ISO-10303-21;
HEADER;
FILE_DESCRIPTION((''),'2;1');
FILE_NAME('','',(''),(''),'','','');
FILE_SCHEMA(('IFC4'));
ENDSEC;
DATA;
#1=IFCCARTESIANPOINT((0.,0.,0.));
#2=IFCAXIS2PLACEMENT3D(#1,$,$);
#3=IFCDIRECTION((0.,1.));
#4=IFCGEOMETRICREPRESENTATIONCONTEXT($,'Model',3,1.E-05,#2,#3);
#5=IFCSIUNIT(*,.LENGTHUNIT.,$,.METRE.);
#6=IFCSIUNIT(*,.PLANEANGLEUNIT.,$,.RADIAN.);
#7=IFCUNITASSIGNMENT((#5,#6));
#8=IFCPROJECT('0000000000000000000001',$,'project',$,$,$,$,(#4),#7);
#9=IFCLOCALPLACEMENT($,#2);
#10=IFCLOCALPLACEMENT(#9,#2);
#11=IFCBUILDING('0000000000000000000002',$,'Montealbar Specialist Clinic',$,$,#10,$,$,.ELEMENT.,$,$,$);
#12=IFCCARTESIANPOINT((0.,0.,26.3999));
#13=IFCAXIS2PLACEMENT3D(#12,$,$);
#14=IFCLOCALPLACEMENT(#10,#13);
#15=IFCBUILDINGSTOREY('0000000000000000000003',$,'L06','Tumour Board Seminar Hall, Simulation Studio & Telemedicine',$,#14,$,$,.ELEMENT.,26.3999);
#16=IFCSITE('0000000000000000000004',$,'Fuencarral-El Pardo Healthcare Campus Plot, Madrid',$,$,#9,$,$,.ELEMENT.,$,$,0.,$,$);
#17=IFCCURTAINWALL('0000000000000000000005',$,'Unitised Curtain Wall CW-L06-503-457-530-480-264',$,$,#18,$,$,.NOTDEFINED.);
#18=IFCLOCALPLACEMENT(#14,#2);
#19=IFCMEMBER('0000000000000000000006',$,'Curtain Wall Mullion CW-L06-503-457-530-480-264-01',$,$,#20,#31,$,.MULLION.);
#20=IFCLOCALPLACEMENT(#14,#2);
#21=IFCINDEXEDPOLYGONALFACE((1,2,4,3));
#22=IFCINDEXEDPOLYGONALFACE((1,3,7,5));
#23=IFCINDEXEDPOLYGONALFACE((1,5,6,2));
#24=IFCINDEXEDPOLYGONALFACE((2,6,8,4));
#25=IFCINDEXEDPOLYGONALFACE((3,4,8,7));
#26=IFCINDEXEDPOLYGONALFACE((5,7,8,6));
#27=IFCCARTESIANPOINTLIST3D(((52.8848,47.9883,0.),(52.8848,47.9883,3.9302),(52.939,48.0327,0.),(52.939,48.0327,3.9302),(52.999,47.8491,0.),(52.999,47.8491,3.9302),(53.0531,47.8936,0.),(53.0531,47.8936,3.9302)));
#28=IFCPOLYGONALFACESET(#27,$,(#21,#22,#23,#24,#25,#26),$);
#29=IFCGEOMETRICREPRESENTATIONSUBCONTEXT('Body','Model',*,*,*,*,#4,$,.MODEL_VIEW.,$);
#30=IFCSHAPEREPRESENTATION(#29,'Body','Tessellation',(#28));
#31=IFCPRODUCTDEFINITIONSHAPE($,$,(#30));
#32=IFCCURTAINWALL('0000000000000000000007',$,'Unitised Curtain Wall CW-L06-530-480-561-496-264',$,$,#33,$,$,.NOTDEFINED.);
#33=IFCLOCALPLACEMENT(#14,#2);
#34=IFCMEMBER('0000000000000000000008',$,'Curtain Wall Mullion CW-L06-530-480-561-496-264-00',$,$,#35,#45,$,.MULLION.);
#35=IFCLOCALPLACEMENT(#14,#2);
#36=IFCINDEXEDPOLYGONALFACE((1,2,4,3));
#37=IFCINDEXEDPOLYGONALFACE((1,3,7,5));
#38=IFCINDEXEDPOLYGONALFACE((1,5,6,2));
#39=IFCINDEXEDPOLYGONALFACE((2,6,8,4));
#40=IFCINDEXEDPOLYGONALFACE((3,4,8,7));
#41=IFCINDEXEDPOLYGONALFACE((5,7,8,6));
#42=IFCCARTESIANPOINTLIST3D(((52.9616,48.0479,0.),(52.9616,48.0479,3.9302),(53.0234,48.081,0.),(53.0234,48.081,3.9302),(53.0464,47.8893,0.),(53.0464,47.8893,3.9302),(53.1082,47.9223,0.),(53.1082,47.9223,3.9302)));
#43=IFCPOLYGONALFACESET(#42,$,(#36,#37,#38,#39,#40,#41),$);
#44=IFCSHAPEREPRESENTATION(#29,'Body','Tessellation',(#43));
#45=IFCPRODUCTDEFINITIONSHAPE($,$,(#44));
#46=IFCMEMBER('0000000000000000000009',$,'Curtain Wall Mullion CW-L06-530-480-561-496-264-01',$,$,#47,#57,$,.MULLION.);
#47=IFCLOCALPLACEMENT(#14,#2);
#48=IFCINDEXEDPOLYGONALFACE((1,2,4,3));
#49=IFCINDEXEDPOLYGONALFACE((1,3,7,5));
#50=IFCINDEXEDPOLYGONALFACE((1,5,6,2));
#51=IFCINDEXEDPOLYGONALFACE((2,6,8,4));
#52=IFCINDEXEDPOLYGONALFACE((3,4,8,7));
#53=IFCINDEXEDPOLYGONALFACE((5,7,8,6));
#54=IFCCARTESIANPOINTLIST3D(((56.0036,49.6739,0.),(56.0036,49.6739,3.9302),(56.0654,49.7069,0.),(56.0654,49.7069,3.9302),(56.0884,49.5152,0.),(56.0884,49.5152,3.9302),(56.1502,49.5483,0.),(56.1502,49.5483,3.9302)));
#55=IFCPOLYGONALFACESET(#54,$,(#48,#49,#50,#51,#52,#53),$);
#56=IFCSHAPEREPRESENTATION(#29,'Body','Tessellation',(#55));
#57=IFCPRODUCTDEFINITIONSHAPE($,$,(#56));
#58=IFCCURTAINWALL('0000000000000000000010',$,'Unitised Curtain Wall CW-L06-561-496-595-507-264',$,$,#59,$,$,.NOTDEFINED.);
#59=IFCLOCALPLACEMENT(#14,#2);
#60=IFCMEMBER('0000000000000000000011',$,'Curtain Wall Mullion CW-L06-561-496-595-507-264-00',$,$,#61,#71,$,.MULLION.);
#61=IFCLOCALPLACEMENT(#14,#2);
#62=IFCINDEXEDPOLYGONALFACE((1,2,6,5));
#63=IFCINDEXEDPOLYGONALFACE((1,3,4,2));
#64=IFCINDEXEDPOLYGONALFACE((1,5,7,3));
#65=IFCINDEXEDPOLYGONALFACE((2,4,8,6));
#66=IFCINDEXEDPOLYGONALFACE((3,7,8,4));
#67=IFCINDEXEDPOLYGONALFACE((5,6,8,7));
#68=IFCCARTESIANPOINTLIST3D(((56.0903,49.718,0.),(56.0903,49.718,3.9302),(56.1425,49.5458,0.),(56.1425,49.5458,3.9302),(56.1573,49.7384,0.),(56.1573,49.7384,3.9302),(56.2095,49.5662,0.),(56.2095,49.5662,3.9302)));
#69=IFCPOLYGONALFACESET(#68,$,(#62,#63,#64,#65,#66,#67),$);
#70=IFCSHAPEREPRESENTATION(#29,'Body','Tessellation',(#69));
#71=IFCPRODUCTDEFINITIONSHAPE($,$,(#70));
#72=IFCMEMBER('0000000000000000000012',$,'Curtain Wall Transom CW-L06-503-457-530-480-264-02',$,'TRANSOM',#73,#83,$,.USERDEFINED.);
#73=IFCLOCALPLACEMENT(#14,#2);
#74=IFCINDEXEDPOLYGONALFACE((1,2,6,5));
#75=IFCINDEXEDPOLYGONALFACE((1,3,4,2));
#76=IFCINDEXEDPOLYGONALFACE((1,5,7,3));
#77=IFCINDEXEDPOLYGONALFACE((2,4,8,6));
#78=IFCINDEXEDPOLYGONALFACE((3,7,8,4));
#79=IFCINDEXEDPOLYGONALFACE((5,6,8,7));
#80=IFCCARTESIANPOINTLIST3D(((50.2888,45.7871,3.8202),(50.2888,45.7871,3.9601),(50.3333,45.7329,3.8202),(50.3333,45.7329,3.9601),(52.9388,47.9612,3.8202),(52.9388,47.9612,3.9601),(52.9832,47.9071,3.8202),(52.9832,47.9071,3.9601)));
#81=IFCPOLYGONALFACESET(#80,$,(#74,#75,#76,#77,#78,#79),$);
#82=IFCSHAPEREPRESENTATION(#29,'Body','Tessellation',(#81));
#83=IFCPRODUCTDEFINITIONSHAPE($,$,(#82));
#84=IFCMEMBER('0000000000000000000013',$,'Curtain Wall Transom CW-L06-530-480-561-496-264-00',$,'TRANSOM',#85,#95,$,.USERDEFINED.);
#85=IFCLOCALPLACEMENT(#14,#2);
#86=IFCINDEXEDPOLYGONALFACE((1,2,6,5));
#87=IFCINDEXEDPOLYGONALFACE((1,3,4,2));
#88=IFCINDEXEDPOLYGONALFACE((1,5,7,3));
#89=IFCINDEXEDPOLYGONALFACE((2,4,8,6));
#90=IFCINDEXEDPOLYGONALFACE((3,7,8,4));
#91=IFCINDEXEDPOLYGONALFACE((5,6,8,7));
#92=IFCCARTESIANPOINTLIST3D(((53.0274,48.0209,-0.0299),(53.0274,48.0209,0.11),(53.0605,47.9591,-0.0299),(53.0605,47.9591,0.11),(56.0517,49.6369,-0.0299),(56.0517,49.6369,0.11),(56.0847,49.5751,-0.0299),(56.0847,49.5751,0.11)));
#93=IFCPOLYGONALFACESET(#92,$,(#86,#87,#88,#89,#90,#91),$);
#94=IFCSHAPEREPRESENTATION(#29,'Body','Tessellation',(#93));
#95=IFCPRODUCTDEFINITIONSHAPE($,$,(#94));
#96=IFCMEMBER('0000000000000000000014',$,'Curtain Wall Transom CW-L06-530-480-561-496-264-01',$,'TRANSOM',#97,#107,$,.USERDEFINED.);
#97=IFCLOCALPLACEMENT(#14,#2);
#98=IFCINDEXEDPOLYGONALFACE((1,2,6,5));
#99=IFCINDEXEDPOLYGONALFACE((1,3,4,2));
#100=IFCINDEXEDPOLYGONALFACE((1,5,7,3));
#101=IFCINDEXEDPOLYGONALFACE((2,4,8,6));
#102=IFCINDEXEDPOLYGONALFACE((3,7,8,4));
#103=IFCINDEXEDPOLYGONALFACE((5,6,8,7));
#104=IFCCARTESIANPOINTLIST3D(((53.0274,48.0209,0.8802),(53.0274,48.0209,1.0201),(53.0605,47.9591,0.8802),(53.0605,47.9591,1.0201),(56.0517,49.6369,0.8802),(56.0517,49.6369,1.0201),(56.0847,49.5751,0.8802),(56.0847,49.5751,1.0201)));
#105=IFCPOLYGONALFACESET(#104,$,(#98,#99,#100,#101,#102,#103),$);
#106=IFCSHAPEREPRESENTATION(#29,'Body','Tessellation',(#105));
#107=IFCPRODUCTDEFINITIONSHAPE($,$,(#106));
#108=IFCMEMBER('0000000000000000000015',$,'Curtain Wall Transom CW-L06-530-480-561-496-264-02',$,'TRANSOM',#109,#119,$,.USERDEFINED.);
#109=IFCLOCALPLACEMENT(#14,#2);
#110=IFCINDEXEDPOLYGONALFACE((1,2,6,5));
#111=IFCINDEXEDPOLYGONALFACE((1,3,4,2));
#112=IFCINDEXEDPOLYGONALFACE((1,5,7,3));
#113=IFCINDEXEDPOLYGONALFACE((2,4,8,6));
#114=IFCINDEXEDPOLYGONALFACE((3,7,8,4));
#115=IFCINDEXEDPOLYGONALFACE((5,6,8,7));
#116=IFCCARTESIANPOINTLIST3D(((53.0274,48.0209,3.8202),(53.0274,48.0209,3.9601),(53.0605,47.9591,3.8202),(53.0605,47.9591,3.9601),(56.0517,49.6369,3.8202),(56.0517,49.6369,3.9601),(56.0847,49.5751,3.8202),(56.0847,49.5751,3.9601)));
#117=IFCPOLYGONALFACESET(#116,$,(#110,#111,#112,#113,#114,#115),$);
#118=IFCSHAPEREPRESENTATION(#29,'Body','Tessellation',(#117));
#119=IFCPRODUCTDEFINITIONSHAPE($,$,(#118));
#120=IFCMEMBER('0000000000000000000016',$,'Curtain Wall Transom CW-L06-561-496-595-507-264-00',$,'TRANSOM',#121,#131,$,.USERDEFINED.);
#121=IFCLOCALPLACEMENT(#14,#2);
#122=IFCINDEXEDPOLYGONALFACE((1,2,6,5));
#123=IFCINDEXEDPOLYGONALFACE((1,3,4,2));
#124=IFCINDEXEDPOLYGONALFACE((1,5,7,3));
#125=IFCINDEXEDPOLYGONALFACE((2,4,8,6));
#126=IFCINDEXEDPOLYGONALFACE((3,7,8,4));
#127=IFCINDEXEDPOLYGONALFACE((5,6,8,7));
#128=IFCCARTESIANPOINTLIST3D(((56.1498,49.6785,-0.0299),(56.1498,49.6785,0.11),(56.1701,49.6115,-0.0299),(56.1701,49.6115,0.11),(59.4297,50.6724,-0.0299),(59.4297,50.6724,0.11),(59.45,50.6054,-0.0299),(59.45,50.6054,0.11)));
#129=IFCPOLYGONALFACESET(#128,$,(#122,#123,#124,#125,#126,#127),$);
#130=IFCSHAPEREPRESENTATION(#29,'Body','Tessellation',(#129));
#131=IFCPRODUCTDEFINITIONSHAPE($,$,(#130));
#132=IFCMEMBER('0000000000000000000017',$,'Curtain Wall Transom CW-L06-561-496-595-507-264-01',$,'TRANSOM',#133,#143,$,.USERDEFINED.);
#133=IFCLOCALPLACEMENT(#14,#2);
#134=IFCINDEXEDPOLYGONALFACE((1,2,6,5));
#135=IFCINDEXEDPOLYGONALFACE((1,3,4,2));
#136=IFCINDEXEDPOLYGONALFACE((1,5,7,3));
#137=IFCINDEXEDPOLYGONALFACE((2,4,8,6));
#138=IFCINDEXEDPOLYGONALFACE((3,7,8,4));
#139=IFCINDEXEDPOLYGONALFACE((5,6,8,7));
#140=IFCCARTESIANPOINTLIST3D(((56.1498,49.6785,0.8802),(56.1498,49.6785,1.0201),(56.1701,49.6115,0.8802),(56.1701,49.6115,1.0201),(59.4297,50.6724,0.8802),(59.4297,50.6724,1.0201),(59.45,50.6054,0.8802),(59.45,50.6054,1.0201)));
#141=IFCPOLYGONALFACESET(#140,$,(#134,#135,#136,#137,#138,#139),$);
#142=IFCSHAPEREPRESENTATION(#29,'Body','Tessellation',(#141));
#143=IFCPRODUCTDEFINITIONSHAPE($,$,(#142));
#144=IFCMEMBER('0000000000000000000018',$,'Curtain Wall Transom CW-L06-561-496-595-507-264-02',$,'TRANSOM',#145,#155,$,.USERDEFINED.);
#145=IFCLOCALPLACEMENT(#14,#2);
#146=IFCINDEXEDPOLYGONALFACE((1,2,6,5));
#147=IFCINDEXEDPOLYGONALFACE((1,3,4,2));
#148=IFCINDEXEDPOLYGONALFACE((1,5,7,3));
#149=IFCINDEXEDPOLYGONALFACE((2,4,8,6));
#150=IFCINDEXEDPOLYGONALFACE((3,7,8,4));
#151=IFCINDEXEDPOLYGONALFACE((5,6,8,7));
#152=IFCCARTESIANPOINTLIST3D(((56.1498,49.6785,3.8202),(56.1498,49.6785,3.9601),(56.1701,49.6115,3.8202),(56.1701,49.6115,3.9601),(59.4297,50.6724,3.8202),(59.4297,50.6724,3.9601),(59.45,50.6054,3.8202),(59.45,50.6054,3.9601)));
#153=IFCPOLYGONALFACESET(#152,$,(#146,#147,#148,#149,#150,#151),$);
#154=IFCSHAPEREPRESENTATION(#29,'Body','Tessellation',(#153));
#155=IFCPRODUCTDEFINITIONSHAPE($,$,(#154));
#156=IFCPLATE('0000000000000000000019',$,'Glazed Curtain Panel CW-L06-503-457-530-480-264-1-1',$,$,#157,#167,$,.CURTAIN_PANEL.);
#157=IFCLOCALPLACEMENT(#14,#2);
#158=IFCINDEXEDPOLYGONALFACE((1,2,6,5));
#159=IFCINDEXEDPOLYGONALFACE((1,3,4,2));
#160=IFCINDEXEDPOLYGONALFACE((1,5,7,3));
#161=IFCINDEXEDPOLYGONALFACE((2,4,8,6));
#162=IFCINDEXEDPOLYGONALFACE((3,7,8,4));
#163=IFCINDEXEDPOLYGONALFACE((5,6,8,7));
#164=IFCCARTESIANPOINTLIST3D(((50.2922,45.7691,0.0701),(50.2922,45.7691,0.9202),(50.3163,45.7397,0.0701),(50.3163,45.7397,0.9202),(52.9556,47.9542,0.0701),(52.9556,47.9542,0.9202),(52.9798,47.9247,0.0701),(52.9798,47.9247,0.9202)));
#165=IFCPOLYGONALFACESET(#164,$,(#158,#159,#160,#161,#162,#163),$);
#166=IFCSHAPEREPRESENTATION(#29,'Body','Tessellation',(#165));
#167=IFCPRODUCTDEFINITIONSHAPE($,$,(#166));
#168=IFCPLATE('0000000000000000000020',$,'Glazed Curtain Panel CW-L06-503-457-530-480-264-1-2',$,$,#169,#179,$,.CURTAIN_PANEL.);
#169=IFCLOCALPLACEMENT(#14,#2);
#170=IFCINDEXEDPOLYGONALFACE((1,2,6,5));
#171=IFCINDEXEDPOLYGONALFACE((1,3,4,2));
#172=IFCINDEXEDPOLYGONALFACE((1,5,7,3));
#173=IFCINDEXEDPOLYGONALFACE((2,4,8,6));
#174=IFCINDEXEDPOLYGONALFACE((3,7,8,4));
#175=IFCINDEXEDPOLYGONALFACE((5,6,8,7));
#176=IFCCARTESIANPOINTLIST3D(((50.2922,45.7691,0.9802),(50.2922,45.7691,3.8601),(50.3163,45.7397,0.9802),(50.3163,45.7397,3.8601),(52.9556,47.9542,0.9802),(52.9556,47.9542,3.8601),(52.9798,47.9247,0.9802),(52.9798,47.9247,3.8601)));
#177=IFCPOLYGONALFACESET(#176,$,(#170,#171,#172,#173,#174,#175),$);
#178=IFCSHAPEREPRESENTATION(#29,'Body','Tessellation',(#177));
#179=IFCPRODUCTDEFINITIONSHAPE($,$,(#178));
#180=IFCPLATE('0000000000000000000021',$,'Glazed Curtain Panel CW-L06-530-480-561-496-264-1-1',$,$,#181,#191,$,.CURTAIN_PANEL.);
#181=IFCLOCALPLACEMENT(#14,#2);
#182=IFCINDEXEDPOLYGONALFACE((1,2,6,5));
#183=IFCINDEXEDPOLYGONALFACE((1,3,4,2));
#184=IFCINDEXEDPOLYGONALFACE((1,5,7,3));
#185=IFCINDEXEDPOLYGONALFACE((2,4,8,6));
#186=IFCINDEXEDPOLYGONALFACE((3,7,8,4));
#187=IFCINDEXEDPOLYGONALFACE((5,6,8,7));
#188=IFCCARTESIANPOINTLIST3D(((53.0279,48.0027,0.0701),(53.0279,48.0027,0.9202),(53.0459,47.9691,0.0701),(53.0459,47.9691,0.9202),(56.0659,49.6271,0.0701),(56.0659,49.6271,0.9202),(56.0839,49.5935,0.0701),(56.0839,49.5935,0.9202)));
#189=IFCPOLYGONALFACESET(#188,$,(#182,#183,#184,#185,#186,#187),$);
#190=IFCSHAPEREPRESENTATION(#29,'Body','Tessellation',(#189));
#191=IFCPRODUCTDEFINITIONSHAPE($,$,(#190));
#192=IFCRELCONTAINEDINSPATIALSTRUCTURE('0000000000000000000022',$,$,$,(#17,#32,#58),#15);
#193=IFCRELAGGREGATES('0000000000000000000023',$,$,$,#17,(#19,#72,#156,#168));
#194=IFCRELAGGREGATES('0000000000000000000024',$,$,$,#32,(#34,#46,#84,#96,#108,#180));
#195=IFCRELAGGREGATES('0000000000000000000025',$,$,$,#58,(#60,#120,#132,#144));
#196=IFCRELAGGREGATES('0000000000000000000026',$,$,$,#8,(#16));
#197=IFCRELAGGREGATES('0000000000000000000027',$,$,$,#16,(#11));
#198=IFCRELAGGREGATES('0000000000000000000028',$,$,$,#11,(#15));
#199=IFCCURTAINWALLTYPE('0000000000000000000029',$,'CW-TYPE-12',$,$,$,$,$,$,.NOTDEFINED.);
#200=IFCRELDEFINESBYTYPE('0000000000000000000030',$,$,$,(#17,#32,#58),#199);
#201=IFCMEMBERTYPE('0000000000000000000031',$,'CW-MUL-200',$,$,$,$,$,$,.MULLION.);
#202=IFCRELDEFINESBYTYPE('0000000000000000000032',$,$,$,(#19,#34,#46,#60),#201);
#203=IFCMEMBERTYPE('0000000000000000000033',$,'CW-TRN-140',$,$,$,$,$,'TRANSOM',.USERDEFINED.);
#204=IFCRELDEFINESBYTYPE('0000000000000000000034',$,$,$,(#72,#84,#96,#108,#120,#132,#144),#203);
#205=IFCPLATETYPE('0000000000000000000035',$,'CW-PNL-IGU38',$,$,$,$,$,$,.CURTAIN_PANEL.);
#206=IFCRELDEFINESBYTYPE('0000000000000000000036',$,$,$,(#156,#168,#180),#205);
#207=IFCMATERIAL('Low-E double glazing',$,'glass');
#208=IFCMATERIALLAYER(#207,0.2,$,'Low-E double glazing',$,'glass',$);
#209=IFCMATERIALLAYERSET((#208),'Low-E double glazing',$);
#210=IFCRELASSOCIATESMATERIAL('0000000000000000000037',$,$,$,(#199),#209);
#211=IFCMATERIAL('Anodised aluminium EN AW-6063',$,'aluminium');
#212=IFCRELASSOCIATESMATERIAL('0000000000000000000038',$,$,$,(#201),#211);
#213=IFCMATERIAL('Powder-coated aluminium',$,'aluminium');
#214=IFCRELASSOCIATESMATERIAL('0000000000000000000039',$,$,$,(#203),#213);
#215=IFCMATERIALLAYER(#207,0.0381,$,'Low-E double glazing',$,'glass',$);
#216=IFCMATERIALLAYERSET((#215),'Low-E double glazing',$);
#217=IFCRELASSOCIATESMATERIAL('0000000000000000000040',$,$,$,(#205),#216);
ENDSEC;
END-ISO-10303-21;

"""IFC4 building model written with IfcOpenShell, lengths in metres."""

from ifc_helpers import new_model, si_unit, direction, frame, origin, origin_2d, place, context, subcontext, project, spatial, rectangle, extrude, material, layer, layer_set, material_profile, profile_set, type_object, element, aggregate, save


model = new_model("IFC4")

# Units and contexts
model_context = context("Model", 3, precision=1e-05, world=origin(), true_north=direction((0.0, 1.0)))
body_context = subcontext(model_context, "Body", "Model", "MODEL_VIEW")
ifc_project = project(units=[si_unit("LENGTHUNIT", "METRE"), si_unit("PLANEANGLEUNIT", "RADIAN")], contexts=[model_context])

# Site, building, storey
site_placement = place(None, origin())
site = spatial("IfcSite", under=ifc_project, at=site_placement, Name="Fuencarral-El Pardo Healthcare Campus Plot, Madrid", CompositionType="ELEMENT", RefElevation=0.0)
building_placement = place(site_placement, origin())
building = spatial("IfcBuilding", under=site, at=building_placement, Name="Montealbar Specialist Clinic", CompositionType="ELEMENT")
storey_placement = place(building_placement, frame((0.0, 0.0, 26.3999)))
storey = spatial("IfcBuildingStorey", under=building, at=storey_placement, Name="L06", Description="Tumour Board Seminar Hall, Simulation Studio & Telemedicine", CompositionType="ELEMENT", Elevation=26.3999)

# Curtain wall, member
ifc_material_1 = material(Name="Low-E double glazing", Category="glass")
ifc_layer_1 = layer(ifc_material_1, 0.2, Name="Low-E double glazing", Category="glass")
ifc_layer_set_1 = layer_set([ifc_layer_1], Name="Low-E double glazing")
curtain_wall_type = type_object("IfcCurtainWallType", Name="CW-TYPE-12", PredefinedType="NOTDEFINED", material=ifc_layer_set_1)
curtain_wall_1_placement = place(storey_placement, origin())
curtain_wall_1 = element("IfcCurtainWall", 1, at=curtain_wall_1_placement, inside=storey, type_object=curtain_wall_type, Name="Unitised Curtain Wall CW-L06-503-457-530-480-264", PredefinedType="NOTDEFINED")
ifc_material_2 = material(Name="Anodised aluminium EN AW-6063", Category="aluminium")
ifc_material_profile_1 = material_profile(ifc_material_2, rectangle(XDim=0.0701, YDim=0.1799, at=origin_2d()), Name="ALU 70x180", Category="aluminium")
ifc_profile_set_1 = profile_set([ifc_material_profile_1], Name="Anodised aluminium EN AW-6063")
member_type_1 = type_object("IfcMemberType", Name="CW-MUL-200", PredefinedType="MULLION", material=ifc_profile_set_1)
member_1_placement = place(storey_placement, frame((52.969, 47.9409, 0.0), z_axis=(0.0, 0.0, 1.0), x_axis=(0.773123, 0.634256, 0.0)))
member_1 = element("IfcMember", 2, at=member_1_placement, type_object=member_type_1, Name="Curtain Wall Mullion CW-L06-503-457-530-480-264-01", PredefinedType="MULLION", context=body_context, shape_type="SweptSolid", body=[
    extrude(rectangle(XDim=0.0701, YDim=0.1799, at=origin_2d()), origin(), (0.0, 0.0, 1.0), 3.9302),
])

# Curtain wall, members
curtain_wall_2_placement = place(storey_placement, origin())
curtain_wall_2 = element("IfcCurtainWall", 3, at=curtain_wall_2_placement, inside=storey, type_object=curtain_wall_type, Name="Unitised Curtain Wall CW-L06-530-480-561-496-264", PredefinedType="NOTDEFINED")
member_2_placement = place(storey_placement, frame((53.0349, 47.9851, 0.0), z_axis=(0.0, 0.0, 1.0), x_axis=(0.88185, 0.471529, 0.0)))
member_2 = element("IfcMember", 4, at=member_2_placement, type_object=member_type_1, Name="Curtain Wall Mullion CW-L06-530-480-561-496-264-00", PredefinedType="MULLION", context=body_context, shape_type="SweptSolid", body=[
    extrude(rectangle(XDim=0.0701, YDim=0.1799, at=origin_2d()), origin(), (0.0, 0.0, 1.0), 3.9302),
])
member_3_placement = place(storey_placement, frame((56.0769, 49.6111, 0.0), z_axis=(0.0, 0.0, 1.0), x_axis=(0.88185, 0.471529, 0.0)))
member_3 = element("IfcMember", 5, at=member_3_placement, type_object=member_type_1, Name="Curtain Wall Mullion CW-L06-530-480-561-496-264-01", PredefinedType="MULLION", context=body_context, shape_type="SweptSolid", body=[
    extrude(rectangle(XDim=0.0701, YDim=0.1799, at=origin_2d()), origin(), (0.0, 0.0, 1.0), 3.9302),
])

# Curtain wall, member
curtain_wall_3_placement = place(storey_placement, origin())
curtain_wall_3 = element("IfcCurtainWall", 6, at=curtain_wall_3_placement, inside=storey, type_object=curtain_wall_type, Name="Unitised Curtain Wall CW-L06-561-496-595-507-264", PredefinedType="NOTDEFINED")
member_4_placement = place(storey_placement, frame((56.1499, 49.6421, 0.0), z_axis=(0.0, 0.0, 1.0), x_axis=(0.956948, 0.290259, 0.0)))
member_4 = element("IfcMember", 7, at=member_4_placement, type_object=member_type_1, Name="Curtain Wall Mullion CW-L06-561-496-595-507-264-00", PredefinedType="MULLION", context=body_context, shape_type="SweptSolid", body=[
    extrude(rectangle(XDim=0.0701, YDim=0.1799, at=origin_2d()), origin(), (0.0, 0.0, 1.0), 3.9302),
])

# Members
ifc_material_3 = material(Name="Powder-coated aluminium", Category="aluminium")
ifc_material_profile_2 = material_profile(ifc_material_3, rectangle(XDim=0.0701, YDim=0.1399, at=origin_2d()), Name="ALU 70x140", Category="aluminium")
ifc_profile_set_2 = profile_set([ifc_material_profile_2], Name="Powder-coated aluminium")
member_type_2 = type_object("IfcMemberType", Name="CW-TRN-140", ElementType="TRANSOM", PredefinedType="USERDEFINED", material=ifc_profile_set_2)
member_5_placement = place(storey_placement, frame((50.311, 45.76, 3.8901), z_axis=(0.773103, 0.634281, 0.0), x_axis=(-0.634281, 0.773103, 0.0)))
member_5 = element("IfcMember", 8, at=member_5_placement, type_object=member_type_2, Name="Curtain Wall Transom CW-L06-503-457-530-480-264-02", ObjectType="TRANSOM", PredefinedType="USERDEFINED", context=body_context, shape_type="SweptSolid", body=[
    extrude(rectangle(XDim=0.0701, YDim=0.1399, at=origin_2d()), origin(), (0.0, 0.0, 1.0), 3.4277),
])
member_6_placement = place(storey_placement, frame((53.0439, 47.99, 0.04), z_axis=(0.88198, 0.471287, 0.0), x_axis=(-0.471287, 0.88198, 0.0)))
member_6 = element("IfcMember", 9, at=member_6_placement, type_object=member_type_2, Name="Curtain Wall Transom CW-L06-530-480-561-496-264-00", ObjectType="TRANSOM", PredefinedType="USERDEFINED", context=body_context, shape_type="SweptSolid", body=[
    extrude(rectangle(XDim=0.0701, YDim=0.1399, at=origin_2d()), origin(), (0.0, 0.0, 1.0), 3.429),
])
member_7_placement = place(storey_placement, frame((53.0439, 47.99, 0.9502), z_axis=(0.88198, 0.471287, 0.0), x_axis=(-0.471287, 0.88198, 0.0)))
member_7 = element("IfcMember", 10, at=member_7_placement, type_object=member_type_2, Name="Curtain Wall Transom CW-L06-530-480-561-496-264-01", ObjectType="TRANSOM", PredefinedType="USERDEFINED", context=body_context, shape_type="SweptSolid", body=[
    extrude(rectangle(XDim=0.0701, YDim=0.1399, at=origin_2d()), origin(), (0.0, 0.0, 1.0), 3.429),
])
member_8_placement = place(storey_placement, frame((53.0439, 47.99, 3.8901), z_axis=(0.88198, 0.471287, 0.0), x_axis=(-0.471287, 0.88198, 0.0)))
member_8 = element("IfcMember", 11, at=member_8_placement, type_object=member_type_2, Name="Curtain Wall Transom CW-L06-530-480-561-496-264-02", ObjectType="TRANSOM", PredefinedType="USERDEFINED", context=body_context, shape_type="SweptSolid", body=[
    extrude(rectangle(XDim=0.0701, YDim=0.1399, at=origin_2d()), origin(), (0.0, 0.0, 1.0), 3.429),
])
member_9_placement = place(storey_placement, frame((56.1599, 49.645, 0.04), z_axis=(0.957029, 0.289994, 0.0), x_axis=(-0.289994, 0.957029, 0.0)))
member_9 = element("IfcMember", 12, at=member_9_placement, type_object=member_type_2, Name="Curtain Wall Transom CW-L06-561-496-595-507-264-00", ObjectType="TRANSOM", PredefinedType="USERDEFINED", context=body_context, shape_type="SweptSolid", body=[
    extrude(rectangle(XDim=0.0701, YDim=0.1399, at=origin_2d()), origin(), (0.0, 0.0, 1.0), 3.4272),
])
member_10_placement = place(storey_placement, frame((56.1599, 49.645, 0.9502), z_axis=(0.957029, 0.289994, 0.0), x_axis=(-0.289994, 0.957029, 0.0)))
member_10 = element("IfcMember", 13, at=member_10_placement, type_object=member_type_2, Name="Curtain Wall Transom CW-L06-561-496-595-507-264-01", ObjectType="TRANSOM", PredefinedType="USERDEFINED", context=body_context, shape_type="SweptSolid", body=[
    extrude(rectangle(XDim=0.0701, YDim=0.1399, at=origin_2d()), origin(), (0.0, 0.0, 1.0), 3.4272),
])
member_11_placement = place(storey_placement, frame((56.1599, 49.645, 3.8901), z_axis=(0.957029, 0.289994, 0.0), x_axis=(-0.289994, 0.957029, 0.0)))
member_11 = element("IfcMember", 14, at=member_11_placement, type_object=member_type_2, Name="Curtain Wall Transom CW-L06-561-496-595-507-264-02", ObjectType="TRANSOM", PredefinedType="USERDEFINED", context=body_context, shape_type="SweptSolid", body=[
    extrude(rectangle(XDim=0.0701, YDim=0.1399, at=origin_2d()), origin(), (0.0, 0.0, 1.0), 3.4272),
])

# Plates
ifc_layer_2 = layer(ifc_material_1, 0.0381, Name="Low-E double glazing", Category="glass")
ifc_layer_set_2 = layer_set([ifc_layer_2], Name="Low-E double glazing")
plate_type = type_object("IfcPlateType", Name="CW-PNL-IGU38", PredefinedType="CURTAIN_PANEL", material=ifc_layer_set_2)
plate_1_placement = place(storey_placement, frame((51.636, 46.8469, 0.0701), z_axis=(0.0, 0.0, 1.0), x_axis=(0.773123, 0.634256, 0.0)))
plate_1 = element("IfcPlate", 15, at=plate_1_placement, type_object=plate_type, Name="Glazed Curtain Panel CW-L06-503-457-530-480-264-1-1", PredefinedType="CURTAIN_PANEL", context=body_context, shape_type="SweptSolid", body=[
    extrude(rectangle(XDim=3.4451, YDim=0.0381, at=origin_2d()), origin(), (0.0, 0.0, 1.0), 0.8501),
])
plate_2_placement = place(storey_placement, frame((51.636, 46.8469, 0.9802), z_axis=(0.0, 0.0, 1.0), x_axis=(0.773123, 0.634256, 0.0)))
plate_2 = element("IfcPlate", 16, at=plate_2_placement, type_object=plate_type, Name="Glazed Curtain Panel CW-L06-503-457-530-480-264-1-2", PredefinedType="CURTAIN_PANEL", context=body_context, shape_type="SweptSolid", body=[
    extrude(rectangle(XDim=3.4451, YDim=0.0381, at=origin_2d()), origin(), (0.0, 0.0, 1.0), 2.8799),
])
aggregate(curtain_wall_1, [member_1, member_5, plate_1, plate_2])
plate_3_placement = place(storey_placement, frame((54.5559, 48.7981, 0.0701), z_axis=(0.0, 0.0, 1.0), x_axis=(0.88185, 0.471529, 0.0)))
plate_3 = element("IfcPlate", 17, at=plate_3_placement, type_object=plate_type, Name="Glazed Curtain Panel CW-L06-530-480-561-496-264-1-1", PredefinedType="CURTAIN_PANEL", context=body_context, shape_type="SweptSolid", body=[
    extrude(rectangle(XDim=3.4451, YDim=0.0381, at=origin_2d()), origin(), (0.0, 0.0, 1.0), 0.8501),
])
aggregate(curtain_wall_2, [member_2, member_3, member_6, member_7, member_8, plate_3])
aggregate(curtain_wall_3, [member_4, member_9, member_10, member_11])

save(model, "model.ifc")
